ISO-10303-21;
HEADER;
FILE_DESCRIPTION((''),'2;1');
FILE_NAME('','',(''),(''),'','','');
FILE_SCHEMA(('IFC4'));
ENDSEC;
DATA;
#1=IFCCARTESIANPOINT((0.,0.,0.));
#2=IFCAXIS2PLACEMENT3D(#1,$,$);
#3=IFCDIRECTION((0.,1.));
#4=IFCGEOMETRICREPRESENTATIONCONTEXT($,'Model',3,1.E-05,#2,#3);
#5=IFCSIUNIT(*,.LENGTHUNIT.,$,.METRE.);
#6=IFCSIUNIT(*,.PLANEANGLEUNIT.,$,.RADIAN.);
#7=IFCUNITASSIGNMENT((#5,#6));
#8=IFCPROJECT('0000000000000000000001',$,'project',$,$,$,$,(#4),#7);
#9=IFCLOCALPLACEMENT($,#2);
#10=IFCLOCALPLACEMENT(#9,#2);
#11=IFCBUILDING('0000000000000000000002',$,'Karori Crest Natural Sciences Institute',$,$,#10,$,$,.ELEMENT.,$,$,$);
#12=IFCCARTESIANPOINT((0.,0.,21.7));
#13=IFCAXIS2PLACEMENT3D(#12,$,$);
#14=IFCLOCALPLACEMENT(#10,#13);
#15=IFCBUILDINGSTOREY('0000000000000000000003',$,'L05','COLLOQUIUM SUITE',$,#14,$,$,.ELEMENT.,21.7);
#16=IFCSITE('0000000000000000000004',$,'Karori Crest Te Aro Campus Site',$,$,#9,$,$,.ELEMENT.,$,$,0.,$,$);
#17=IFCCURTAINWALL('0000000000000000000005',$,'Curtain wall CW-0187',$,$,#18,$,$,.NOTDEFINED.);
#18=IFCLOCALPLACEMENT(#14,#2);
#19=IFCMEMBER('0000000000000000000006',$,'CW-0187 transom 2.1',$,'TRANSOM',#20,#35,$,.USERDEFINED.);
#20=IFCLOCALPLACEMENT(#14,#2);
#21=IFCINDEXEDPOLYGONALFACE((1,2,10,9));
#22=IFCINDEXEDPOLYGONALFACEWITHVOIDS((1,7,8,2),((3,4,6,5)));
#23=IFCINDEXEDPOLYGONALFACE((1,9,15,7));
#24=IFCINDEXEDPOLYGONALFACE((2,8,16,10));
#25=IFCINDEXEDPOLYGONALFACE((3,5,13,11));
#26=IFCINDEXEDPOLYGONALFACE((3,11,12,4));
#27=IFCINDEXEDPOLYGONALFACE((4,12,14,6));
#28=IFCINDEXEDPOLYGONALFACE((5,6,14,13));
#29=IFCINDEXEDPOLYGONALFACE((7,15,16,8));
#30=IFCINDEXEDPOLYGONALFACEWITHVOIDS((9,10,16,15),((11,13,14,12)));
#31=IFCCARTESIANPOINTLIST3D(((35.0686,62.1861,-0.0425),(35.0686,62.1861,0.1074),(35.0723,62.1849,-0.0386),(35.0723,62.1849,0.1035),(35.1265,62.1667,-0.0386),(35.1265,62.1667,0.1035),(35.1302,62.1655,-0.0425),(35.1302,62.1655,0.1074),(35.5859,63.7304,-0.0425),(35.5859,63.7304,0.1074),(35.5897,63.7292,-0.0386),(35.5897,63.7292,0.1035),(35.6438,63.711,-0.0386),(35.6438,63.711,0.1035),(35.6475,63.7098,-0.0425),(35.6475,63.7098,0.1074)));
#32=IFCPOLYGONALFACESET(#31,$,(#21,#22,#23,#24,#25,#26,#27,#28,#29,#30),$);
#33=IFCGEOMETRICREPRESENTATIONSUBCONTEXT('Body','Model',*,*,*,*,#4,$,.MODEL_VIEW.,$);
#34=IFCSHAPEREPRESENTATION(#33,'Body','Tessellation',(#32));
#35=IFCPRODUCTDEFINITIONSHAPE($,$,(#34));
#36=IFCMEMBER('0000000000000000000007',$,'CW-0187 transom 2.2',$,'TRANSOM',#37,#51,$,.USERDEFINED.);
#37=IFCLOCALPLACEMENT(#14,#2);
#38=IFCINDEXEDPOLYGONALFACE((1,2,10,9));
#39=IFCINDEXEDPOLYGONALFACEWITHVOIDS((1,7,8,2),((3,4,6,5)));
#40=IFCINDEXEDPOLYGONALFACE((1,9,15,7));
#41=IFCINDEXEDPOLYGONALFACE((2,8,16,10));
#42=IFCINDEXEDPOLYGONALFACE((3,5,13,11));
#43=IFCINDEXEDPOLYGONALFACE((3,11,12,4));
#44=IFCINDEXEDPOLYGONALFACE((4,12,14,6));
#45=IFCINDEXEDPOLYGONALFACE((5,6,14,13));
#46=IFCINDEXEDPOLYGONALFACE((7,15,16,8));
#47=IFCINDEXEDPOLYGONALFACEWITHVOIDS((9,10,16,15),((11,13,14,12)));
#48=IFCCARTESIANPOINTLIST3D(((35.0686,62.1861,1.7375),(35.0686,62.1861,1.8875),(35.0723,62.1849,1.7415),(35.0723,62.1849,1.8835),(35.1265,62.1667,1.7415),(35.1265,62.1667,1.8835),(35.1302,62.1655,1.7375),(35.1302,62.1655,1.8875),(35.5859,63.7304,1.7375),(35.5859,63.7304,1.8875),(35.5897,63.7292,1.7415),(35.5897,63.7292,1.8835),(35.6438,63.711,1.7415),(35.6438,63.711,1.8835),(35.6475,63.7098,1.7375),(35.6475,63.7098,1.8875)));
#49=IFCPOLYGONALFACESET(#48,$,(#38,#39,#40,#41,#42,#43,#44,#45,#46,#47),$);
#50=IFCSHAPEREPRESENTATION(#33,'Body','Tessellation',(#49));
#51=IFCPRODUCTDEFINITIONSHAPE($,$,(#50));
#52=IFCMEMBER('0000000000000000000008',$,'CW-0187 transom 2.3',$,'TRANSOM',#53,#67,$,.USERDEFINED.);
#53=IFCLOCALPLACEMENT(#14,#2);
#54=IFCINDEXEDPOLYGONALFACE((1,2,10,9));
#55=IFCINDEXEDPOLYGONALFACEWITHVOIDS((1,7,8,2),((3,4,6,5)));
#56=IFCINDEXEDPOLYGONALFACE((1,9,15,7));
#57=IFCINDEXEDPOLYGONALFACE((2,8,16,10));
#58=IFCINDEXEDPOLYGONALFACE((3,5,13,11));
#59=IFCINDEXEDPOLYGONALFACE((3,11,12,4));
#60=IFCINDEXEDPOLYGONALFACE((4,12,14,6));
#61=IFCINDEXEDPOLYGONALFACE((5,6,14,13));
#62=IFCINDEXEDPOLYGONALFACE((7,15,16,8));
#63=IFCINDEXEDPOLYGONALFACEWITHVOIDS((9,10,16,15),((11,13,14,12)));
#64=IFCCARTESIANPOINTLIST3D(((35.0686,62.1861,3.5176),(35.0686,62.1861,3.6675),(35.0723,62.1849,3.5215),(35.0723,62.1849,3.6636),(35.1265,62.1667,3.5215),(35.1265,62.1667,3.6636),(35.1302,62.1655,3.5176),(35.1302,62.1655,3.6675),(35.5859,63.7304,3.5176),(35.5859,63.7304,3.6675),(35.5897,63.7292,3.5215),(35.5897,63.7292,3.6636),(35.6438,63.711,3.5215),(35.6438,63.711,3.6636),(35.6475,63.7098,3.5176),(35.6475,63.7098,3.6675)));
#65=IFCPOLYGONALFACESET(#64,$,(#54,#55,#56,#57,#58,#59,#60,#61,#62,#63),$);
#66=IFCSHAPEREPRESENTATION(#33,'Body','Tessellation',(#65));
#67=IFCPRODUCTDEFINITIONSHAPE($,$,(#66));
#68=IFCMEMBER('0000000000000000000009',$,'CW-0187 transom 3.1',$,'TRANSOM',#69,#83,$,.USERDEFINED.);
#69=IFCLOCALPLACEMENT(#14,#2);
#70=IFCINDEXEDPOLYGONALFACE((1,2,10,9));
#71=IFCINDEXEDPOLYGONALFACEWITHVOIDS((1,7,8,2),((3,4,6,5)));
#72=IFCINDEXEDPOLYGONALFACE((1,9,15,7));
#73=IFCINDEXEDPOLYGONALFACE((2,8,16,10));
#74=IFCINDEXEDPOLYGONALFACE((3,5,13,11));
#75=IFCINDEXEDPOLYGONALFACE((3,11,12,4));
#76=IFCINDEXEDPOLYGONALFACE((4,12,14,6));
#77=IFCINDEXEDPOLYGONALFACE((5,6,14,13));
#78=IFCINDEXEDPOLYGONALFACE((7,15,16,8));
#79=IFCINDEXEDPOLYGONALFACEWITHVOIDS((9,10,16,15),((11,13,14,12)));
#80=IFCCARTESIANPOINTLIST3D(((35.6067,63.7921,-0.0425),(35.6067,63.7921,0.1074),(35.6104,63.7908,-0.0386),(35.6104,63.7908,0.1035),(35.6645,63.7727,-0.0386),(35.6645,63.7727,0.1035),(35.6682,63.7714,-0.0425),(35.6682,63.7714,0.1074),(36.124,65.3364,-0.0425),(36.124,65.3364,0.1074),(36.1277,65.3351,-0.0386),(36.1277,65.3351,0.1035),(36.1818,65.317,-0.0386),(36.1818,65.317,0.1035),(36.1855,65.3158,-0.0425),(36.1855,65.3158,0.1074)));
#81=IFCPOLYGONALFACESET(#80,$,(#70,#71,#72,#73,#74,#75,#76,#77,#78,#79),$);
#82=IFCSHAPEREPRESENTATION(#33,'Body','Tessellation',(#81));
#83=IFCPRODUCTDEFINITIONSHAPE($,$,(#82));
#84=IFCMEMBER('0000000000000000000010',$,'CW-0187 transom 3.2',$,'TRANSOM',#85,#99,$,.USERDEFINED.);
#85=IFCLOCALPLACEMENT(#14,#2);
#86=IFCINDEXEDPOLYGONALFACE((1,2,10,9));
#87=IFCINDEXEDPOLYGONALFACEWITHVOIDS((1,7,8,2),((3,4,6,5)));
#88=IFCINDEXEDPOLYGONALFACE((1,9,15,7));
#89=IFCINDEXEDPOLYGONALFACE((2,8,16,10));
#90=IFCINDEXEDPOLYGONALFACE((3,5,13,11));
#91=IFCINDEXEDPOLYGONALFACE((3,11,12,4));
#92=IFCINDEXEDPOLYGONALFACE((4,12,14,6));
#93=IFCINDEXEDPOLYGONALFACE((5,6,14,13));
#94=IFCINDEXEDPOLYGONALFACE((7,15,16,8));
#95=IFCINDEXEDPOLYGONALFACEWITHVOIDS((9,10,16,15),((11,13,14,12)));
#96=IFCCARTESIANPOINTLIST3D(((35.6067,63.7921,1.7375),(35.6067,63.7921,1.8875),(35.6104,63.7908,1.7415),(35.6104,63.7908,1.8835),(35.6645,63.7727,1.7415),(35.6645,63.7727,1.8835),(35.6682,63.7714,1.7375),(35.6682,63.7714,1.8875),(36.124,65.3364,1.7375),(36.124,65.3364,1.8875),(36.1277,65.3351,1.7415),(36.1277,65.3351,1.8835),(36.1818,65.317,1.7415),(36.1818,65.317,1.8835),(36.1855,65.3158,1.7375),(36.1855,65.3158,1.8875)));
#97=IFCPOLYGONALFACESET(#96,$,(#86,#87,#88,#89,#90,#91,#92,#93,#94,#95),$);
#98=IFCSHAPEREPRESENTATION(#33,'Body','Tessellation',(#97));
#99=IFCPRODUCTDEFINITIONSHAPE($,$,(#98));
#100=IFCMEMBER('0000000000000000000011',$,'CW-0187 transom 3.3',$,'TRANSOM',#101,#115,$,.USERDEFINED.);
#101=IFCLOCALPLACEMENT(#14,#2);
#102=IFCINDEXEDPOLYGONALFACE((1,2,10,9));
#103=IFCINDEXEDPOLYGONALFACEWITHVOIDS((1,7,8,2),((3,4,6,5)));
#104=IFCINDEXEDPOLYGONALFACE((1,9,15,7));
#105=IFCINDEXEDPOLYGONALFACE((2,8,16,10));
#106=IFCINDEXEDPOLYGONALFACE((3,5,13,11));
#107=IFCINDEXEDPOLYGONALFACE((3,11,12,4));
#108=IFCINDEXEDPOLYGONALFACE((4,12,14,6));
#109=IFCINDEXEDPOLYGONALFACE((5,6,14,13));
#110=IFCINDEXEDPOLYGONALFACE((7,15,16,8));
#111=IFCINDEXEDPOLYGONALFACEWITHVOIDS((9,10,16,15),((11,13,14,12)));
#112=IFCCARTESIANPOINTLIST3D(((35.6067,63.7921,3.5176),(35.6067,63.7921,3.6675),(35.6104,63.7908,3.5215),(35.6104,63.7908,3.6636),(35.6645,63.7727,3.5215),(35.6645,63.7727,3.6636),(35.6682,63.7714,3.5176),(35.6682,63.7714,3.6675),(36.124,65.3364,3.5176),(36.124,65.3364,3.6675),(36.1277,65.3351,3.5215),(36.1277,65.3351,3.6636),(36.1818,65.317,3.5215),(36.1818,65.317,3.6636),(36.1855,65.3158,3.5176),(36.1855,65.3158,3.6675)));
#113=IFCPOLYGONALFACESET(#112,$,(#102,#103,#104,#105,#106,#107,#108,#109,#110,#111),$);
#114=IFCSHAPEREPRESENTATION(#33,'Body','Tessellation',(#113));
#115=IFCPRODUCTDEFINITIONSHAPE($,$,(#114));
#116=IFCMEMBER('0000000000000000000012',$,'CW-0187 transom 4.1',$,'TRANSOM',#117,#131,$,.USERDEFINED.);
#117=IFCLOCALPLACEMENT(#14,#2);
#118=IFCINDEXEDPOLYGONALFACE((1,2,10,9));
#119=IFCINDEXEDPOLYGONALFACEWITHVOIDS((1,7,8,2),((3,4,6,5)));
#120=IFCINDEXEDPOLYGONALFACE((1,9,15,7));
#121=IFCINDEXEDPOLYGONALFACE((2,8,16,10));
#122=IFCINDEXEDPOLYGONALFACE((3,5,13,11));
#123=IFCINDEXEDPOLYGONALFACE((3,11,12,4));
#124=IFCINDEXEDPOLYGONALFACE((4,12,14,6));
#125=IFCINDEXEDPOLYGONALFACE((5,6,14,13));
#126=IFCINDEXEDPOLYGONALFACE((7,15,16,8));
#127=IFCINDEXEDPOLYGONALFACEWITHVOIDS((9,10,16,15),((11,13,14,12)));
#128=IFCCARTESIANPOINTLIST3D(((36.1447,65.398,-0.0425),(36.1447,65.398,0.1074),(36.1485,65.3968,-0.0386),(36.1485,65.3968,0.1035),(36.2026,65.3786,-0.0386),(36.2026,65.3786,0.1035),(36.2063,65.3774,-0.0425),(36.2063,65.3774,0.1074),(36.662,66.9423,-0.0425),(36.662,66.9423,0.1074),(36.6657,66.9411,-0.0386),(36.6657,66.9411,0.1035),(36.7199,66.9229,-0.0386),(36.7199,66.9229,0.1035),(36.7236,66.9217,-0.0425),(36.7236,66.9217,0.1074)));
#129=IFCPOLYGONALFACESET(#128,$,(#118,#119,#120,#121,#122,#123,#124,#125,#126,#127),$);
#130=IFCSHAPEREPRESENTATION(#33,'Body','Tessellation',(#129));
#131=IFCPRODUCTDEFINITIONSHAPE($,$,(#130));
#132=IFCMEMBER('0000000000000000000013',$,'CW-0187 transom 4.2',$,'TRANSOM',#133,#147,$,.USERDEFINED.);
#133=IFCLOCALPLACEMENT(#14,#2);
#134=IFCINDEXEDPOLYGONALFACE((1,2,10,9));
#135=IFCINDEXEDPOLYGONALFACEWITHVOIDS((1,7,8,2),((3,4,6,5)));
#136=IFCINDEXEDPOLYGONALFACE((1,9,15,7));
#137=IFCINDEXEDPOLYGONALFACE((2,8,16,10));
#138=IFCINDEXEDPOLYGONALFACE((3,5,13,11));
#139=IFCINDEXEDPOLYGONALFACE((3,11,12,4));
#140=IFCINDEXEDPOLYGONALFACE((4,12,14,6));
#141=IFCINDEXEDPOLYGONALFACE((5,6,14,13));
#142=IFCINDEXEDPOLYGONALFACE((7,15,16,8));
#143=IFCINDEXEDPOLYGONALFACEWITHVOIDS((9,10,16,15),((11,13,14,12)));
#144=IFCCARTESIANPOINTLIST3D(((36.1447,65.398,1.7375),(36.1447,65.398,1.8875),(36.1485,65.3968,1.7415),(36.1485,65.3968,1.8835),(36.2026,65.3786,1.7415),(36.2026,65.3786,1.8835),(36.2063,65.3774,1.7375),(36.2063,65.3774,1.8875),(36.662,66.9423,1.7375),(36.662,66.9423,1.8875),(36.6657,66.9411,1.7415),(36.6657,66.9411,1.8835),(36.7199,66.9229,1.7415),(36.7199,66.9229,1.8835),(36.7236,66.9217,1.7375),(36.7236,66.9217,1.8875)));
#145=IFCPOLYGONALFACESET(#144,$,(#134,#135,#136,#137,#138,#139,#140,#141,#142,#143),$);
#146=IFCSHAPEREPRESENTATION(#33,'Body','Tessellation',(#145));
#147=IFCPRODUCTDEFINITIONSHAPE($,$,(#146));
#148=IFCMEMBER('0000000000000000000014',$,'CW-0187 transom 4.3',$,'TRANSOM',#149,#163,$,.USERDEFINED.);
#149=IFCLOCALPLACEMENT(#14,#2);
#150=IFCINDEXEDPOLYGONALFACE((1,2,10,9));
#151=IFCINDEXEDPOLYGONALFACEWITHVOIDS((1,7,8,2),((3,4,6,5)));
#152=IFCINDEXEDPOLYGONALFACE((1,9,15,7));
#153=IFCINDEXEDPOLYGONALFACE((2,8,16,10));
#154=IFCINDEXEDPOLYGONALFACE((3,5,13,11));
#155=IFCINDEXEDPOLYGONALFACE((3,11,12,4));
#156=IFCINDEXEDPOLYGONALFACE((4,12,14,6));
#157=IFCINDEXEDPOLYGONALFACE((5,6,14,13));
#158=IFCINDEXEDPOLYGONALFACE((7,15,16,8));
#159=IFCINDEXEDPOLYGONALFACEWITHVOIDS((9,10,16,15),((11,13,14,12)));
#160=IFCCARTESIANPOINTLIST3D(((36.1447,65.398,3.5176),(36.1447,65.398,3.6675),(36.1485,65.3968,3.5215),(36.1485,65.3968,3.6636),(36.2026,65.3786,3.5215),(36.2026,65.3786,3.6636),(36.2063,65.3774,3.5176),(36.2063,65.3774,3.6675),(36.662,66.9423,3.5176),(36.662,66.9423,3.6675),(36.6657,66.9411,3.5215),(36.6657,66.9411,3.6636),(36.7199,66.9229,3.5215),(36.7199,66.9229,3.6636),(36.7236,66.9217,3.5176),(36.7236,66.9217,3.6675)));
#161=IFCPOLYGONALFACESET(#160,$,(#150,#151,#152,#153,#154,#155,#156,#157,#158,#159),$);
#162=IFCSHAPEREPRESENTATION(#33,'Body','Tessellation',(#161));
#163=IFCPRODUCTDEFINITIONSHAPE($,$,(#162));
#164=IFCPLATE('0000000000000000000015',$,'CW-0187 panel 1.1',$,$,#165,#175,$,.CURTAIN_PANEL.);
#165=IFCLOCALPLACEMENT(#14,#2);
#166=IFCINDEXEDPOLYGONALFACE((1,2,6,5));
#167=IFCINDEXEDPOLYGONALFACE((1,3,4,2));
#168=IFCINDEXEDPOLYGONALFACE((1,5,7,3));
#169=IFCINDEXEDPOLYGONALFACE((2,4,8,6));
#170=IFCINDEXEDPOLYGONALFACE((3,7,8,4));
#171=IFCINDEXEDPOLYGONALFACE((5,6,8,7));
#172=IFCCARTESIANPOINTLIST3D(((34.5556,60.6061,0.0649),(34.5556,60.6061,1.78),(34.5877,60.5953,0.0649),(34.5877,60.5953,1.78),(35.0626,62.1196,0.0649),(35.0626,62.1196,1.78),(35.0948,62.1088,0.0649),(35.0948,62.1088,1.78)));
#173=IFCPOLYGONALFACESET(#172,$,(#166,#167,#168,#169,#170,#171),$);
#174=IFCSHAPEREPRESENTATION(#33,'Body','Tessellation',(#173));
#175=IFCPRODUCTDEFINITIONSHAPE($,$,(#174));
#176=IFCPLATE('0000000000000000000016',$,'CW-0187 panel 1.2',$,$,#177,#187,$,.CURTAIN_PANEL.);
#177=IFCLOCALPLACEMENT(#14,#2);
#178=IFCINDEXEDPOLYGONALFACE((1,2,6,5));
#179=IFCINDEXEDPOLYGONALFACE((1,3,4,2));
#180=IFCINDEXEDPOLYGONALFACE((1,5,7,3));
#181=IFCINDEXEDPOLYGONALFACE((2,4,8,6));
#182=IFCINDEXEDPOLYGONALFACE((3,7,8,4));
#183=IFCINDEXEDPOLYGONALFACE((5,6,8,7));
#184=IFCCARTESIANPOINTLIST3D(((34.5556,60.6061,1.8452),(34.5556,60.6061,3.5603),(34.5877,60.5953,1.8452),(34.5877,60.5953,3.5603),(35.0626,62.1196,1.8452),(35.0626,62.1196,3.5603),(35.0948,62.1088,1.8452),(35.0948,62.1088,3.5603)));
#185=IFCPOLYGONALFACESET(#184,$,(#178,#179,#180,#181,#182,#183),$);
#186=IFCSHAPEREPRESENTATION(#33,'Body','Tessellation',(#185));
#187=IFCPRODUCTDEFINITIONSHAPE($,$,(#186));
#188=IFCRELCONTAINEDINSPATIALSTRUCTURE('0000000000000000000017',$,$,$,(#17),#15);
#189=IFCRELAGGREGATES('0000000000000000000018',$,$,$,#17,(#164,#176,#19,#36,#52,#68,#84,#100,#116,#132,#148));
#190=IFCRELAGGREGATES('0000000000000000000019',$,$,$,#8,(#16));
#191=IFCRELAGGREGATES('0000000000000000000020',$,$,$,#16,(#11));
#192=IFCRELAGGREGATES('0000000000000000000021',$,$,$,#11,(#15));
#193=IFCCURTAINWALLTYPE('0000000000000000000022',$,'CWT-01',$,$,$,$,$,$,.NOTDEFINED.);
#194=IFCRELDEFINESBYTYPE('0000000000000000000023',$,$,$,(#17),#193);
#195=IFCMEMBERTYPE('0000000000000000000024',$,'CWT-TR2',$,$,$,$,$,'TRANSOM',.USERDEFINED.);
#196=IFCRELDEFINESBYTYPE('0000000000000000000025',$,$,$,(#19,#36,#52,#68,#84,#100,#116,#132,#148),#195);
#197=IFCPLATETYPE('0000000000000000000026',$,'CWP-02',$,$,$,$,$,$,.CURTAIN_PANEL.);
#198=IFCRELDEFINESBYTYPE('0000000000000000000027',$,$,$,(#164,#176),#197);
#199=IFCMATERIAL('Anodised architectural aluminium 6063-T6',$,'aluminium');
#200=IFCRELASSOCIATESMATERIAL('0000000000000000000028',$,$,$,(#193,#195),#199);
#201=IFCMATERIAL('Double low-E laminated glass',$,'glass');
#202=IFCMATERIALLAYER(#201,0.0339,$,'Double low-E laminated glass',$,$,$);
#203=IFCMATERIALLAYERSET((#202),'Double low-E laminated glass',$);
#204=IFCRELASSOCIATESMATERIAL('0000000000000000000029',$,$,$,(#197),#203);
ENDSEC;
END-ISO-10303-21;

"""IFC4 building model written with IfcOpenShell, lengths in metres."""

from ifc_helpers import new_model, si_unit, direction, frame, origin, origin_2d, place, context, subcontext, project, spatial, rectangle, hollow_rectangle, extrude, material, layer, layer_set, material_profile, profile_set, type_object, element, aggregate, save


model = new_model("IFC4")

# Units and contexts
model_context = context("Model", 3, precision=1e-05, world=origin(), true_north=direction((0.0, 1.0)))
body_context = subcontext(model_context, "Body", "Model", "MODEL_VIEW")
ifc_project = project(units=[si_unit("LENGTHUNIT", "METRE"), si_unit("PLANEANGLEUNIT", "RADIAN")], contexts=[model_context])

# Site, building, storey
site_placement = place(None, origin())
site = spatial("IfcSite", under=ifc_project, at=site_placement, Name="Karori Crest Te Aro Campus Site", CompositionType="ELEMENT", RefElevation=0.0)
building_placement = place(site_placement, origin())
building = spatial("IfcBuilding", under=site, at=building_placement, Name="Karori Crest Natural Sciences Institute", CompositionType="ELEMENT")
storey_placement = place(building_placement, frame((0.0, 0.0, 21.7)))
storey = spatial("IfcBuildingStorey", under=building, at=storey_placement, Name="L05", Description="COLLOQUIUM SUITE", CompositionType="ELEMENT", Elevation=21.7)

# Curtain wall, members, plates
ifc_material_1 = material(Name="Anodised architectural aluminium 6063-T6", Category="aluminium")
curtain_wall_type = type_object("IfcCurtainWallType", Name="CWT-01", PredefinedType="NOTDEFINED", material=ifc_material_1)
curtain_wall_placement = place(storey_placement, origin())
curtain_wall = element("IfcCurtainWall", 1, at=curtain_wall_placement, inside=storey, type_object=curtain_wall_type, Name="Curtain wall CW-0187", PredefinedType="NOTDEFINED")
ifc_material_profile_1 = material_profile(ifc_material_1, hollow_rectangle(XDim=0.0649, YDim=0.1499, WallThickness=0.0039, at=origin_2d()), Name="CWT150x65x4")
ifc_profile_set_1 = profile_set([ifc_material_profile_1], Name="Anodised architectural aluminium 6063-T6")
member_type_1 = type_object("IfcMemberType", Name="CWT-TR2", ElementType="TRANSOM", PredefinedType="USERDEFINED", material=ifc_profile_set_1)
member_1_placement = place(storey_placement, frame((35.0994, 62.1758, 0.0325), z_axis=(0.317667, 0.948202, 0.0), x_axis=(-0.948202, 0.317667, 0.0)))
member_1 = element("IfcMember", 2, at=member_1_placement, type_object=member_type_1, Name="CW-0187 transom 2.1", ObjectType="TRANSOM", PredefinedType="USERDEFINED", context=body_context, shape_type="SweptSolid", body=[
    extrude(hollow_rectangle(XDim=0.0649, YDim=0.1499, WallThickness=0.0039, at=origin_2d()), origin(), (0.0, 0.0, 1.0), 1.6287),
])
member_2_placement = place(storey_placement, frame((35.0994, 62.1758, 1.8125), z_axis=(0.317667, 0.948202, 0.0), x_axis=(-0.948202, 0.317667, 0.0)))
member_2 = element("IfcMember", 3, at=member_2_placement, type_object=member_type_1, Name="CW-0187 transom 2.2", ObjectType="TRANSOM", PredefinedType="USERDEFINED", context=body_context, shape_type="SweptSolid", body=[
    extrude(hollow_rectangle(XDim=0.0649, YDim=0.1499, WallThickness=0.0039, at=origin_2d()), origin(), (0.0, 0.0, 1.0), 1.6287),
])
member_3_placement = place(storey_placement, frame((35.0994, 62.1758, 3.5925), z_axis=(0.317667, 0.948202, 0.0), x_axis=(-0.948202, 0.317667, 0.0)))
member_3 = element("IfcMember", 4, at=member_3_placement, type_object=member_type_1, Name="CW-0187 transom 2.3", ObjectType="TRANSOM", PredefinedType="USERDEFINED", context=body_context, shape_type="SweptSolid", body=[
    extrude(hollow_rectangle(XDim=0.0649, YDim=0.1499, WallThickness=0.0039, at=origin_2d()), origin(), (0.0, 0.0, 1.0), 1.6287),
])
member_4_placement = place(storey_placement, frame((35.6375, 63.7817, 0.0325), z_axis=(0.317621, 0.948218, 0.0), x_axis=(-0.948218, 0.317621, 0.0)))
member_4 = element("IfcMember", 5, at=member_4_placement, type_object=member_type_1, Name="CW-0187 transom 3.1", ObjectType="TRANSOM", PredefinedType="USERDEFINED", context=body_context, shape_type="SweptSolid", body=[
    extrude(hollow_rectangle(XDim=0.0649, YDim=0.1499, WallThickness=0.0039, at=origin_2d()), origin(), (0.0, 0.0, 1.0), 1.6287),
])
member_5_placement = place(storey_placement, frame((35.6375, 63.7817, 1.8125), z_axis=(0.317621, 0.948218, 0.0), x_axis=(-0.948218, 0.317621, 0.0)))
member_5 = element("IfcMember", 6, at=member_5_placement, type_object=member_type_1, Name="CW-0187 transom 3.2", ObjectType="TRANSOM", PredefinedType="USERDEFINED", context=body_context, shape_type="SweptSolid", body=[
    extrude(hollow_rectangle(XDim=0.0649, YDim=0.1499, WallThickness=0.0039, at=origin_2d()), origin(), (0.0, 0.0, 1.0), 1.6287),
])
member_6_placement = place(storey_placement, frame((35.6375, 63.7817, 3.5925), z_axis=(0.317621, 0.948218, 0.0), x_axis=(-0.948218, 0.317621, 0.0)))
member_6 = element("IfcMember", 7, at=member_6_placement, type_object=member_type_1, Name="CW-0187 transom 3.3", ObjectType="TRANSOM", PredefinedType="USERDEFINED", context=body_context, shape_type="SweptSolid", body=[
    extrude(hollow_rectangle(XDim=0.0649, YDim=0.1499, WallThickness=0.0039, at=origin_2d()), origin(), (0.0, 0.0, 1.0), 1.6287),
])
member_7_placement = place(storey_placement, frame((36.1755, 65.3877, 0.0325), z_axis=(0.317621, 0.948218, 0.0), x_axis=(-0.948218, 0.317621, 0.0)))
member_7 = element("IfcMember", 8, at=member_7_placement, type_object=member_type_1, Name="CW-0187 transom 4.1", ObjectType="TRANSOM", PredefinedType="USERDEFINED", context=body_context, shape_type="SweptSolid", body=[
    extrude(hollow_rectangle(XDim=0.0649, YDim=0.1499, WallThickness=0.0039, at=origin_2d()), origin(), (0.0, 0.0, 1.0), 1.6287),
])
member_8_placement = place(storey_placement, frame((36.1755, 65.3877, 1.8125), z_axis=(0.317621, 0.948218, 0.0), x_axis=(-0.948218, 0.317621, 0.0)))
member_8 = element("IfcMember", 9, at=member_8_placement, type_object=member_type_1, Name="CW-0187 transom 4.2", ObjectType="TRANSOM", PredefinedType="USERDEFINED", context=body_context, shape_type="SweptSolid", body=[
    extrude(hollow_rectangle(XDim=0.0649, YDim=0.1499, WallThickness=0.0039, at=origin_2d()), origin(), (0.0, 0.0, 1.0), 1.6287),
])
member_9_placement = place(storey_placement, frame((36.1755, 65.3877, 3.5925), z_axis=(0.317621, 0.948218, 0.0), x_axis=(-0.948218, 0.317621, 0.0)))
member_9 = element("IfcMember", 10, at=member_9_placement, type_object=member_type_1, Name="CW-0187 transom 4.3", ObjectType="TRANSOM", PredefinedType="USERDEFINED", context=body_context, shape_type="SweptSolid", body=[
    extrude(hollow_rectangle(XDim=0.0649, YDim=0.1499, WallThickness=0.0039, at=origin_2d()), origin(), (0.0, 0.0, 1.0), 1.6287),
])
ifc_material_2 = material(Name="Double low-E laminated glass", Category="glass")
ifc_layer_1 = layer(ifc_material_2, 0.0339, Name="Double low-E laminated glass")
ifc_layer_set_1 = layer_set([ifc_layer_1], Name="Double low-E laminated glass")
plate_type = type_object("IfcPlateType", Name="CWP-02", PredefinedType="CURTAIN_PANEL", material=ifc_layer_set_1)
plate_1_placement = place(storey_placement, frame((34.8252, 61.3574, 0.0649), z_axis=(0.0, 0.0, 1.0), x_axis=(0.31768, 0.948198, 0.0)))
plate_1 = element("IfcPlate", 11, at=plate_1_placement, type_object=plate_type, Name="CW-0187 panel 1.1", PredefinedType="CURTAIN_PANEL", context=body_context, shape_type="SweptSolid", body=[
    extrude(rectangle(XDim=1.5962, YDim=0.0339, at=origin_2d()), origin(), (0.0, 0.0, 1.0), 1.7151),
])
plate_2_placement = place(storey_placement, frame((34.8252, 61.3574, 1.8452), z_axis=(0.0, 0.0, 1.0), x_axis=(0.31768, 0.948198, 0.0)))
plate_2 = element("IfcPlate", 12, at=plate_2_placement, type_object=plate_type, Name="CW-0187 panel 1.2", PredefinedType="CURTAIN_PANEL", context=body_context, shape_type="SweptSolid", body=[
    extrude(rectangle(XDim=1.5962, YDim=0.0339, at=origin_2d()), origin(), (0.0, 0.0, 1.0), 1.7151),
])
aggregate(curtain_wall, [plate_1, plate_2, member_1, member_2, member_3, member_4, member_5, member_6, member_7, member_8, member_9])

save(model, "model.ifc")
